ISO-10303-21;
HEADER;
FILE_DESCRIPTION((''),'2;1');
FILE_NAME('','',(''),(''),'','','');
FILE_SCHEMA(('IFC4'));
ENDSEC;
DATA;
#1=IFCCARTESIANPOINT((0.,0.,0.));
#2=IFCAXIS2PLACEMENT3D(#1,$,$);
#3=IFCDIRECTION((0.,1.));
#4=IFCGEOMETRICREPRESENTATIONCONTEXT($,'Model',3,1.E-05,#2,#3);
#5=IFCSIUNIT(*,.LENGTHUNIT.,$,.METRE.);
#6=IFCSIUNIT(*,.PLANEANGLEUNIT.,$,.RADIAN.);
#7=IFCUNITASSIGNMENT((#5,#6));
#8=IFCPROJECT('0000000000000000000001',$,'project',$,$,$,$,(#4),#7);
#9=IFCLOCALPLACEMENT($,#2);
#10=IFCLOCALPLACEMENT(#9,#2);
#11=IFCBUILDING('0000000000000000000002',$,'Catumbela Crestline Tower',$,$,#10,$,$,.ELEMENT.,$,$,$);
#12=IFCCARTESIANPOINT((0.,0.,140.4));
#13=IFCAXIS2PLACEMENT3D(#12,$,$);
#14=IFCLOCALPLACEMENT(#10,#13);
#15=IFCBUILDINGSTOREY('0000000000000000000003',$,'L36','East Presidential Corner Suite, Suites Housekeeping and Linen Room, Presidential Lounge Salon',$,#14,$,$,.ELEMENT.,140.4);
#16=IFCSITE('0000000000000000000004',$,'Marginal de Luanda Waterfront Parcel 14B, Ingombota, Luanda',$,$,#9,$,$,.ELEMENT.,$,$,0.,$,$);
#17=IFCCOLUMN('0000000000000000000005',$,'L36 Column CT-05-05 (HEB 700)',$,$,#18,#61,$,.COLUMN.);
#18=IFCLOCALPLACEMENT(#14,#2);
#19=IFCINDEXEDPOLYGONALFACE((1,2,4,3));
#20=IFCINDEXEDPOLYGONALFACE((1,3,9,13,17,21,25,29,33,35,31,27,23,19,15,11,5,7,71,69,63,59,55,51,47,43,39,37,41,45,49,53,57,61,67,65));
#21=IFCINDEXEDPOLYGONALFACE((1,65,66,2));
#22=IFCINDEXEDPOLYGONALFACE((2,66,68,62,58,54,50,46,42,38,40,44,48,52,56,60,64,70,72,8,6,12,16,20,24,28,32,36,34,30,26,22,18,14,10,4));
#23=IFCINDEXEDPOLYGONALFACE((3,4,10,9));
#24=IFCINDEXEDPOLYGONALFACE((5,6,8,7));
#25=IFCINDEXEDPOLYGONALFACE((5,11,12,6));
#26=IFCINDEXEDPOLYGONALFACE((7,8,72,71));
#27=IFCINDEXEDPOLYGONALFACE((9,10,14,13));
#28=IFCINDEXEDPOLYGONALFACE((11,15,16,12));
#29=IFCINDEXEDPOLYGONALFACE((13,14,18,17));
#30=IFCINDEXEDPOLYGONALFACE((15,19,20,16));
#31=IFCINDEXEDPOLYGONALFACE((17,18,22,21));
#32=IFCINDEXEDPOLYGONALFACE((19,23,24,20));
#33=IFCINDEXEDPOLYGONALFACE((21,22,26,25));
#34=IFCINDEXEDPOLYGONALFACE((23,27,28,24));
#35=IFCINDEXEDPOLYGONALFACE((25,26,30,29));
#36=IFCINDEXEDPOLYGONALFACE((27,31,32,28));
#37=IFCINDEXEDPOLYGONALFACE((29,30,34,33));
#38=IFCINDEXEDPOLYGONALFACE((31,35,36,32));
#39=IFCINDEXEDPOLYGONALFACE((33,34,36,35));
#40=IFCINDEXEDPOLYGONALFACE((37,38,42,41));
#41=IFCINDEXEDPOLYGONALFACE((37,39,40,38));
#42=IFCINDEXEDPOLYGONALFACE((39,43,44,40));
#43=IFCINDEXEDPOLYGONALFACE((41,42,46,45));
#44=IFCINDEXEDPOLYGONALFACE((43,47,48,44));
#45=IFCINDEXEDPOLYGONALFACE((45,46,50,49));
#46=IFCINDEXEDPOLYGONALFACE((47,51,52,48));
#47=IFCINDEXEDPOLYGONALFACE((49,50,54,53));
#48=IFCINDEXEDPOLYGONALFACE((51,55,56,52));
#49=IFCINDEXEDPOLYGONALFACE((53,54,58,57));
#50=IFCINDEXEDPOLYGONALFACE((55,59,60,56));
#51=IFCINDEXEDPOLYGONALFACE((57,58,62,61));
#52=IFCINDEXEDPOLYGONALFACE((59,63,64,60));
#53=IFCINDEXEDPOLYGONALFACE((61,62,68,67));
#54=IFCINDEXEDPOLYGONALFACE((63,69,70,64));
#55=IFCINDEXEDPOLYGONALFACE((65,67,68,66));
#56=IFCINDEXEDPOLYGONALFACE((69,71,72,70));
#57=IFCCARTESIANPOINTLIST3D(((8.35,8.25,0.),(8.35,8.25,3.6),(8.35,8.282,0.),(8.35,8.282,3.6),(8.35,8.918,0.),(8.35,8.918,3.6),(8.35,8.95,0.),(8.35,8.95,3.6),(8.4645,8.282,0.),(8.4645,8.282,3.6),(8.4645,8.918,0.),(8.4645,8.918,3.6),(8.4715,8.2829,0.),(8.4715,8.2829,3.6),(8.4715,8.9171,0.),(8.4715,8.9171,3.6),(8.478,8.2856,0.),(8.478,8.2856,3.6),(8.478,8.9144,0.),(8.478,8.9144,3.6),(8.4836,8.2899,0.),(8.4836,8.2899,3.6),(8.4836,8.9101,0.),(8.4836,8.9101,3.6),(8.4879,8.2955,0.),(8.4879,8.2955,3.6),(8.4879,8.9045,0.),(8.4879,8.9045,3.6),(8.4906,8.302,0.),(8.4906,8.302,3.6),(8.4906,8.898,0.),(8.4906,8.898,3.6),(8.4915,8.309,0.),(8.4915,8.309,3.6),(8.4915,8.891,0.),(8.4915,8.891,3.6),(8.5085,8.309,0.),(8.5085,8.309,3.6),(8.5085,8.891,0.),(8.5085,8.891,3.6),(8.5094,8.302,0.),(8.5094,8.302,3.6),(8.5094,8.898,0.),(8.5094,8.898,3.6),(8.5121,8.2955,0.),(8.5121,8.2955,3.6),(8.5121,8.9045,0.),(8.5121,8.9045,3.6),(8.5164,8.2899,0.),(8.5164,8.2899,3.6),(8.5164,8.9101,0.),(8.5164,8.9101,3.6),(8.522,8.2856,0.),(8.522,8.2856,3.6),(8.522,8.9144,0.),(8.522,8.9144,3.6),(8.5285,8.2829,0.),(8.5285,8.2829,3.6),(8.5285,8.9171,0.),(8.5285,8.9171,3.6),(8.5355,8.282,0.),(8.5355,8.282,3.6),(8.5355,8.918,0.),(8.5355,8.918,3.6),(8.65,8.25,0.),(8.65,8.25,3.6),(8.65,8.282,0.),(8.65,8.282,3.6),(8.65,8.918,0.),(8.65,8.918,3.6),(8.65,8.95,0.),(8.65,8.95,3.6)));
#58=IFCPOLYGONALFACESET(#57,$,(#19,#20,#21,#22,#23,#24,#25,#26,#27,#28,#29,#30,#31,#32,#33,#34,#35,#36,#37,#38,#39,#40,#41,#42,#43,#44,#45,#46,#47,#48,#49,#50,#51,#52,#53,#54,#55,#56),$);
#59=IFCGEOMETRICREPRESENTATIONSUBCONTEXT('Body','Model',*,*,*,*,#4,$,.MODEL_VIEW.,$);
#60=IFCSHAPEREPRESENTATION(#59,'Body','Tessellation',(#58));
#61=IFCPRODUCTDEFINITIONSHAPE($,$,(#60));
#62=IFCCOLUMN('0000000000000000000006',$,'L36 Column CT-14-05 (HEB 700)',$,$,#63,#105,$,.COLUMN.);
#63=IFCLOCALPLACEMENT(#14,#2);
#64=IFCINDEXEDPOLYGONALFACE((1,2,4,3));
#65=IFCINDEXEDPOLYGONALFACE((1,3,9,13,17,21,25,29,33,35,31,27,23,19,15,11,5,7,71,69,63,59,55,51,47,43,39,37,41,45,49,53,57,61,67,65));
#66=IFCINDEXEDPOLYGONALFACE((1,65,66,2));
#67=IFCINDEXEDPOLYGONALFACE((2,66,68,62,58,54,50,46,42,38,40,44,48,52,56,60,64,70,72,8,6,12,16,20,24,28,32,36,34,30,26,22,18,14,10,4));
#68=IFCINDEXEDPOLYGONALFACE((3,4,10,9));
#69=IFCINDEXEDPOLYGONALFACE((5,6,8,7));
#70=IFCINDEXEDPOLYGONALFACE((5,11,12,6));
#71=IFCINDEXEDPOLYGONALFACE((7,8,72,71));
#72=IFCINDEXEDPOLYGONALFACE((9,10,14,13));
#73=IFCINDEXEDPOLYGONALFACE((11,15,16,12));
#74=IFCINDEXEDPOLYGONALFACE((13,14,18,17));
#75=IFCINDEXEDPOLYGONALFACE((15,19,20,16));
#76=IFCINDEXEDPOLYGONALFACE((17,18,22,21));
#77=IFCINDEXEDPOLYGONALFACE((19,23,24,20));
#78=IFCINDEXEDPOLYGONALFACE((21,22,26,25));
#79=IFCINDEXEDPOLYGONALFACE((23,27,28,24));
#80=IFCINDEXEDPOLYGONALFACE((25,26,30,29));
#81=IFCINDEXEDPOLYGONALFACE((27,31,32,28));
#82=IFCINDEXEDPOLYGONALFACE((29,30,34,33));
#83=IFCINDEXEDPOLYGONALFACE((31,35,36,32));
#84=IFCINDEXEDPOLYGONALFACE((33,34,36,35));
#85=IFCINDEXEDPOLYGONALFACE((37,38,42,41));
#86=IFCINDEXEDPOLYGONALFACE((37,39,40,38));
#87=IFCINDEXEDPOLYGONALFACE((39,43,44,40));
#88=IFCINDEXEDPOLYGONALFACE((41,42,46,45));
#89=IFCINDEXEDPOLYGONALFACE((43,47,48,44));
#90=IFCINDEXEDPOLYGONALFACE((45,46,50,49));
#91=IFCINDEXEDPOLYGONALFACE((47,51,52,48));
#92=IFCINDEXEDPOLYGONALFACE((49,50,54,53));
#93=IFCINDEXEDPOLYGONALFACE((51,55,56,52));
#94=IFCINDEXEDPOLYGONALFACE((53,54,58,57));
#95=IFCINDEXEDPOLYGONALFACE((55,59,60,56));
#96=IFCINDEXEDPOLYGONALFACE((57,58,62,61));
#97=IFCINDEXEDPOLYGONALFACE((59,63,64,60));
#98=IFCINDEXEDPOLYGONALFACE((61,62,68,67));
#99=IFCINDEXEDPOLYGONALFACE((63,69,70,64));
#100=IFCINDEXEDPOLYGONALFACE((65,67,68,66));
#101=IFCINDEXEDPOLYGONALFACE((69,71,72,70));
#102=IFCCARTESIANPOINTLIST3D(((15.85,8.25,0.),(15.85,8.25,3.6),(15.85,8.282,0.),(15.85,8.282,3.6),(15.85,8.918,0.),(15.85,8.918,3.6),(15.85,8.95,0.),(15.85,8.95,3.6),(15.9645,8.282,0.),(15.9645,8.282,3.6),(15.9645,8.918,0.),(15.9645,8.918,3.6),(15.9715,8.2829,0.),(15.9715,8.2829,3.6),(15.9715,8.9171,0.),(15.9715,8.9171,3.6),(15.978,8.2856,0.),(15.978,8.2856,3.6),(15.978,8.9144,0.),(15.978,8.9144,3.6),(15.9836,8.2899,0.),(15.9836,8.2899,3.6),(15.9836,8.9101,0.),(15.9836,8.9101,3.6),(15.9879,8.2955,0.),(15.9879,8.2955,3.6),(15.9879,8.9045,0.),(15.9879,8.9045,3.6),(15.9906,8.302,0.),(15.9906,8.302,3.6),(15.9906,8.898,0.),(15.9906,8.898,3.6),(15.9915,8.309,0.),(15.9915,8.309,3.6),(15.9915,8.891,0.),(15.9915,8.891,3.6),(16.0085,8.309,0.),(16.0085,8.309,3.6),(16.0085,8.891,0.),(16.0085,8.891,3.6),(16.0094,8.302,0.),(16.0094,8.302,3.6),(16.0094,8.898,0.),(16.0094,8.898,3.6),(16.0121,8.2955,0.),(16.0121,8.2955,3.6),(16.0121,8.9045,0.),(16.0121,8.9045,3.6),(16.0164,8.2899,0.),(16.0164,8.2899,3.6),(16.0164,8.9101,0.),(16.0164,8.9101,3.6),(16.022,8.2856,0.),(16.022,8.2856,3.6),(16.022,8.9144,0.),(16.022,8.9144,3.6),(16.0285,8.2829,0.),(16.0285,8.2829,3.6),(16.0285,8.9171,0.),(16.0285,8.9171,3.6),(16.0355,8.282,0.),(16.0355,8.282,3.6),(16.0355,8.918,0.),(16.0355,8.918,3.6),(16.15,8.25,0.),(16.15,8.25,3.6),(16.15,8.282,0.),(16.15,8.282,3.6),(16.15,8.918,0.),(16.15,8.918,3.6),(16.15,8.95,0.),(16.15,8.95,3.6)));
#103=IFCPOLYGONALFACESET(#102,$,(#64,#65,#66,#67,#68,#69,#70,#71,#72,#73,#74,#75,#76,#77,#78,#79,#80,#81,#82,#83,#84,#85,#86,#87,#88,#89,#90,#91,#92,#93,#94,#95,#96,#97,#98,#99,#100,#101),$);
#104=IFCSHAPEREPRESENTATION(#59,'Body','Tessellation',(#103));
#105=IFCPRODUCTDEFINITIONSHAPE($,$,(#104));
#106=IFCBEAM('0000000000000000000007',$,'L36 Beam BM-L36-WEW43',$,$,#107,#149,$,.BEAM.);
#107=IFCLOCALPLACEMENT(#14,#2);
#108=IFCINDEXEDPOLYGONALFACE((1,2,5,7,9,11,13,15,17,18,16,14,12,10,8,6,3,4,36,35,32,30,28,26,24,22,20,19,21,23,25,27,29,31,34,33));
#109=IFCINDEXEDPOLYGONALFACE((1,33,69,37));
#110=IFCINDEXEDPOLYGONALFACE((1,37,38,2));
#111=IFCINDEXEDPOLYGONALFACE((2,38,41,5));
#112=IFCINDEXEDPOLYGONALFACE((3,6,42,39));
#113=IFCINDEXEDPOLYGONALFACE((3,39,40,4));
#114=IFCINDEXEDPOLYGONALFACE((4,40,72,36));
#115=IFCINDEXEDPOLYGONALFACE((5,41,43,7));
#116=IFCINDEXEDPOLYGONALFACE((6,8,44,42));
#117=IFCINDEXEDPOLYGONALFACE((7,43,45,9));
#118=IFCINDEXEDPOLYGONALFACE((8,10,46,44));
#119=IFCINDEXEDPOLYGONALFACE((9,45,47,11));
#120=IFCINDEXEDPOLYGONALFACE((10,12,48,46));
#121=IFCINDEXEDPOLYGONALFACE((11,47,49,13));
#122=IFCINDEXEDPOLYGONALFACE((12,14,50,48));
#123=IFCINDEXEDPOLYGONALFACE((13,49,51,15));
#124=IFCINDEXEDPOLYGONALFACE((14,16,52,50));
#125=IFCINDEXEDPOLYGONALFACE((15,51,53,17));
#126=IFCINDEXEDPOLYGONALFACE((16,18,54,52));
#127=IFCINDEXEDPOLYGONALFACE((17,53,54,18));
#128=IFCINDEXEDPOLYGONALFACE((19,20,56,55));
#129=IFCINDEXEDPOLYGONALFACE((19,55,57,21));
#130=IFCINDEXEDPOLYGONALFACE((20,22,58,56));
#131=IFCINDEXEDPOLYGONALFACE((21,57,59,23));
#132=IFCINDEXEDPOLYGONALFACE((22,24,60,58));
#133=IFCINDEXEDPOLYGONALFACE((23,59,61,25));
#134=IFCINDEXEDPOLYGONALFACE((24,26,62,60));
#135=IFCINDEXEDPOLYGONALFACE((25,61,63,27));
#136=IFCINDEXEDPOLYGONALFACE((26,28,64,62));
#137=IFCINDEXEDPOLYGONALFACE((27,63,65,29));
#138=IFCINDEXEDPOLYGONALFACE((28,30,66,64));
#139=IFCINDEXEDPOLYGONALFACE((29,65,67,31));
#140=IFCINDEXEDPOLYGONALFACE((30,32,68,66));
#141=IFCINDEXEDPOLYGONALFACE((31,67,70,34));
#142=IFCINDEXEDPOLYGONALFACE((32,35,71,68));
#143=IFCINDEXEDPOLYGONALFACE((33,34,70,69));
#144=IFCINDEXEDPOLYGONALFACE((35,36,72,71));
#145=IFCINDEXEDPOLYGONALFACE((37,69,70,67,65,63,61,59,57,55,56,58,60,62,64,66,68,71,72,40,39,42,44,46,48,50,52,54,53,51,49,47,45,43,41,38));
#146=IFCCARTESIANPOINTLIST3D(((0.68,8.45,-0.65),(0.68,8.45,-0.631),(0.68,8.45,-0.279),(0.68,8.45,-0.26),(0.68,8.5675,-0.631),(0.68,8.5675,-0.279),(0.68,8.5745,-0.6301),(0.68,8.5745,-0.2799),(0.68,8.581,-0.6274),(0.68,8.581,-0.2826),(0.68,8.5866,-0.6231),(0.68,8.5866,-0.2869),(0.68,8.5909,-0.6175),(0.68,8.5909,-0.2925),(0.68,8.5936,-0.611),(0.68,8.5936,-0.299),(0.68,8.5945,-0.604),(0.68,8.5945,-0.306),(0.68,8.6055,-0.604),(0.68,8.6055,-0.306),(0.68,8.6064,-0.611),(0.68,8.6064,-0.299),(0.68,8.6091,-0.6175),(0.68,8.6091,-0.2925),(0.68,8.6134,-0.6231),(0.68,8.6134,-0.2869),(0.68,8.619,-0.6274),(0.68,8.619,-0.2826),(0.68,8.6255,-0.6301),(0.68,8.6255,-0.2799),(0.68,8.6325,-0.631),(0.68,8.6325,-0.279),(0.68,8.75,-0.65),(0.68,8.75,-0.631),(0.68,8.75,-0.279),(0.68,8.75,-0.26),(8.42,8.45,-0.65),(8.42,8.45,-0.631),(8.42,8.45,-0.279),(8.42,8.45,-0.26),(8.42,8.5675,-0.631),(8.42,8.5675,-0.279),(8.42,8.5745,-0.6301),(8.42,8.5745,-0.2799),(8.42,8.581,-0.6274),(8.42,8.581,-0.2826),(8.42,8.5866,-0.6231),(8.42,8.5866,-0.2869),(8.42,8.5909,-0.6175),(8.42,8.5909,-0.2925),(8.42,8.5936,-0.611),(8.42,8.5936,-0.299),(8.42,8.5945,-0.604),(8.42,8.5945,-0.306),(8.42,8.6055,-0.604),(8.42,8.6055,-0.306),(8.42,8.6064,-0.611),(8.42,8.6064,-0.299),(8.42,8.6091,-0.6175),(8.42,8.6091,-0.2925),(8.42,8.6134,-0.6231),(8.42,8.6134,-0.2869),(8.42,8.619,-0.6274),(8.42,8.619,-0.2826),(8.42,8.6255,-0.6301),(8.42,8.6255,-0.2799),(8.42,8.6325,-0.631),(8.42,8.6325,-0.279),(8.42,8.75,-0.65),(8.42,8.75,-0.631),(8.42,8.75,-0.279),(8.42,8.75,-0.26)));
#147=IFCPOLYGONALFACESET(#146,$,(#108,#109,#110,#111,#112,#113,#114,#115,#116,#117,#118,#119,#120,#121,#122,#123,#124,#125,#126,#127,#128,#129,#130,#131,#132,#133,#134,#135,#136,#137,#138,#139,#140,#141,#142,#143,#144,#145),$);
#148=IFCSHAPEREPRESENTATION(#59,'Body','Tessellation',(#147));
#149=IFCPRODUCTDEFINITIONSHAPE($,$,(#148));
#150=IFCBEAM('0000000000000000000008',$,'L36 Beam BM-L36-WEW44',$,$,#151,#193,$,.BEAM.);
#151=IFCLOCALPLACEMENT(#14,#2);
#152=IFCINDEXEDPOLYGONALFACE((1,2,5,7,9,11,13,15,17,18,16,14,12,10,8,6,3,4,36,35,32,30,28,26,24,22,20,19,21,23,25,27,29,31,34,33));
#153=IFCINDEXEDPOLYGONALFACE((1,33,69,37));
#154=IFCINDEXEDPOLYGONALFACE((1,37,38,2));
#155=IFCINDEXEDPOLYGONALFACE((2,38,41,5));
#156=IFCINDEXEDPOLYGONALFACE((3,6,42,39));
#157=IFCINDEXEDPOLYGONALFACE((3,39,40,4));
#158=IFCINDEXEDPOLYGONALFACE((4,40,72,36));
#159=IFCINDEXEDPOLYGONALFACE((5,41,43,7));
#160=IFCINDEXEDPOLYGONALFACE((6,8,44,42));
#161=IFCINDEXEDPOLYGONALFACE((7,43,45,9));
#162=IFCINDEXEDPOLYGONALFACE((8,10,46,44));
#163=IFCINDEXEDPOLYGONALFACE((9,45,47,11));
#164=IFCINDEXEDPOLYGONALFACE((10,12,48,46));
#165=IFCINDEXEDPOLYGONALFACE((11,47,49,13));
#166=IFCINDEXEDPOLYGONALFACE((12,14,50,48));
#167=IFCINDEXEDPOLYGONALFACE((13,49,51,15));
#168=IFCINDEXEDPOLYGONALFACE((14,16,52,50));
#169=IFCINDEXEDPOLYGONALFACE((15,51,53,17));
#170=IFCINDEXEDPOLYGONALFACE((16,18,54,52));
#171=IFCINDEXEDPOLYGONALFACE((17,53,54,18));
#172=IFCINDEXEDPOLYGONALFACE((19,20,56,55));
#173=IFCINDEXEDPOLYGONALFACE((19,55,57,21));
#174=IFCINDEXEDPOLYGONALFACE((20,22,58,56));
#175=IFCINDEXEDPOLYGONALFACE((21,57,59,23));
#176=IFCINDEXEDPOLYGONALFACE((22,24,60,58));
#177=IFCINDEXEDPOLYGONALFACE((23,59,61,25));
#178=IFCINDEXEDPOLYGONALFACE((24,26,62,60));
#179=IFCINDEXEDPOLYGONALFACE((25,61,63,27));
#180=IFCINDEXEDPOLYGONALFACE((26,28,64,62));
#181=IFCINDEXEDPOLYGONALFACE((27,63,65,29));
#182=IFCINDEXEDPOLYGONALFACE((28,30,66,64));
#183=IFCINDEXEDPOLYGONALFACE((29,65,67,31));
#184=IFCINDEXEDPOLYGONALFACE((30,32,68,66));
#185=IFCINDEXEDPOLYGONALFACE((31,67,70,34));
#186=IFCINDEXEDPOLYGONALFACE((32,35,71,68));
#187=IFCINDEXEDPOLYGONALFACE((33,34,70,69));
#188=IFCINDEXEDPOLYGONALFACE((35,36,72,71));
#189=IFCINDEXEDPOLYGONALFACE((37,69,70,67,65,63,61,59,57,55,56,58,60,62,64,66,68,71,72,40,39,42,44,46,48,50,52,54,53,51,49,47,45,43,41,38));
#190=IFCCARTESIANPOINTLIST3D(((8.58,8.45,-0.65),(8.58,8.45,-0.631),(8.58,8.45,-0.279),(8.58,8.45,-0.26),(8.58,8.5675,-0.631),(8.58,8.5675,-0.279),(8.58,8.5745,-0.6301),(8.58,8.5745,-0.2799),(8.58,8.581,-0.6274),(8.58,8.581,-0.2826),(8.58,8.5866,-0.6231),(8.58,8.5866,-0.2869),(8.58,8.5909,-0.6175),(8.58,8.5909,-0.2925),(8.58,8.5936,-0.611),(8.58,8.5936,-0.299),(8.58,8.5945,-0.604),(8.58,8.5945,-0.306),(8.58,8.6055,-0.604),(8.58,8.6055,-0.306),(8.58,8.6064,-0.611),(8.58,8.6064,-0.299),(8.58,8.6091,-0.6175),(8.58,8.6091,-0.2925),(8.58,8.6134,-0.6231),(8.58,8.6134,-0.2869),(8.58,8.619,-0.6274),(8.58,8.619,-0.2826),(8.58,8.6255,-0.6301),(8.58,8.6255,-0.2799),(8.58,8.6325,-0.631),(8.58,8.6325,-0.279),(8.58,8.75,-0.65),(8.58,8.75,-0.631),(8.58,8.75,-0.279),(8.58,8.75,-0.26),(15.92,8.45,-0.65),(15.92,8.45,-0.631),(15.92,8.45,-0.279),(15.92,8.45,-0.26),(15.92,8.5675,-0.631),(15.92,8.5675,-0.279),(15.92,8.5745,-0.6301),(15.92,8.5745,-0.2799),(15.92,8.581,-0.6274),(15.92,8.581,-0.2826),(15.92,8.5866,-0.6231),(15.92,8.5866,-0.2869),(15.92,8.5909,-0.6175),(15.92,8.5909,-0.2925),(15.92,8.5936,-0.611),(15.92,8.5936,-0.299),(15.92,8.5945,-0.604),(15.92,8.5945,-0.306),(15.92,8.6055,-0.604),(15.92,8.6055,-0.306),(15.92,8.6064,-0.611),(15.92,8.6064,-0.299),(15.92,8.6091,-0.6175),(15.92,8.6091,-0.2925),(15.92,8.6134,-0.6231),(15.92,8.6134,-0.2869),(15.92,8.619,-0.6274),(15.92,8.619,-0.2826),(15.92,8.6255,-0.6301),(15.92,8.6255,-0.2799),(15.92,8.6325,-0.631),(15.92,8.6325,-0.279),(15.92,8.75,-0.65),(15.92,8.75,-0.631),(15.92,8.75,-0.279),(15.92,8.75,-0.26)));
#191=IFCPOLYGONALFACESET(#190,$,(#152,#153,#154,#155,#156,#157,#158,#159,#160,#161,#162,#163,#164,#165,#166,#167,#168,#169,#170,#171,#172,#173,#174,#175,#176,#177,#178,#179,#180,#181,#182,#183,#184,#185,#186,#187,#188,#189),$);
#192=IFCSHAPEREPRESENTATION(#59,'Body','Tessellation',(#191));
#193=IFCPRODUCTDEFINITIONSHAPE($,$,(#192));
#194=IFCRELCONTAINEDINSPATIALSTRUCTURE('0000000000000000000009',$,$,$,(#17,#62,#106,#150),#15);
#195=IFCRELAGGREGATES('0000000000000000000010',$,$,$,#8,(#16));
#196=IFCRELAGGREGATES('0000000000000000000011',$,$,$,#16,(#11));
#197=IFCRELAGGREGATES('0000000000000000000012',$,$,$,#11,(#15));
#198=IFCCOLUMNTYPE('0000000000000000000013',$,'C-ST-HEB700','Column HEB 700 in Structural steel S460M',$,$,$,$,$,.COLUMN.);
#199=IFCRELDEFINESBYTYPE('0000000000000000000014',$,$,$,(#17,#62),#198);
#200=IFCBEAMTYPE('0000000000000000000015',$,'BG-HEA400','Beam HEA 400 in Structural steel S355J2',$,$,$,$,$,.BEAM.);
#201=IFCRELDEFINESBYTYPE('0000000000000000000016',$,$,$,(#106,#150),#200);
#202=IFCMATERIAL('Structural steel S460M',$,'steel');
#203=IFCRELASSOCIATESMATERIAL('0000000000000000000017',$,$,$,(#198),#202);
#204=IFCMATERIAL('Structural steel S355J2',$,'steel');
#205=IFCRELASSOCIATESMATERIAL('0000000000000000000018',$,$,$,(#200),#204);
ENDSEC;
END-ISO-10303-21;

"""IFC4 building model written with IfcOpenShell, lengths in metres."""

from ifc_helpers import new_model, si_unit, direction, frame, origin, origin_2d, place, context, subcontext, project, spatial, i_section, extrude, material, material_profile, profile_set, type_object, element, save


model = new_model("IFC4")

# Units and contexts
model_context = context("Model", 3, precision=1e-05, world=origin(), true_north=direction((0.0, 1.0)))
body_context = subcontext(model_context, "Body", "Model", "MODEL_VIEW")
ifc_project = project(units=[si_unit("LENGTHUNIT", "METRE"), si_unit("PLANEANGLEUNIT", "RADIAN")], contexts=[model_context])

# Site, building, storey
site_placement = place(None, origin())
site = spatial("IfcSite", under=ifc_project, at=site_placement, Name="Marginal de Luanda Waterfront Parcel 14B, Ingombota, Luanda", CompositionType="ELEMENT", RefElevation=0.0)
building_placement = place(site_placement, origin())
building = spatial("IfcBuilding", under=site, at=building_placement, Name="Catumbela Crestline Tower", CompositionType="ELEMENT")
storey_placement = place(building_placement, frame((0.0, 0.0, 140.4)))
storey = spatial("IfcBuildingStorey", under=building, at=storey_placement, Name="L36", Description="East Presidential Corner Suite, Suites Housekeeping and Linen Room, Presidential Lounge Salon", CompositionType="ELEMENT", Elevation=140.4)

# Columns
ifc_material_1 = material(Name="Structural steel S460M", Category="steel")
ifc_material_profile_1 = material_profile(ifc_material_1, i_section(OverallWidth=0.3, OverallDepth=0.7, WebThickness=0.017, FlangeThickness=0.032, FilletRadius=0.027, at=origin_2d()), Name="HEB 700")
ifc_profile_set_1 = profile_set([ifc_material_profile_1], Name="Structural steel S460M")
column_type = type_object("IfcColumnType", Name="C-ST-HEB700", Description="Column HEB 700 in Structural steel S460M", PredefinedType="COLUMN", material=ifc_profile_set_1)
for number, where, z_axis, x_axis, name in (
    (1, (8.5, 8.6, 0.0), (0.0, 0.0, 1.0), (1.0, 0.0, 0.0), "L36 Column CT-05-05 (HEB 700)"),
    (2, (16.0, 8.6, 0.0), (0.0, 0.0, 1.0), (1.0, 0.0, 0.0), "L36 Column CT-14-05 (HEB 700)"),
):
    element("IfcColumn", number, at=place(storey_placement, frame(where, z_axis=z_axis, x_axis=x_axis)), inside=storey, type_object=column_type, Name=name, PredefinedType="COLUMN", context=body_context, shape_type="SweptSolid", body=[
        extrude(i_section(OverallWidth=0.3, OverallDepth=0.7, WebThickness=0.017, FlangeThickness=0.032, FilletRadius=0.027, at=origin_2d()), origin(), (0.0, 0.0, 1.0), 3.6),
    ])

# Beams
ifc_material_2 = material(Name="Structural steel S355J2", Category="steel")
ifc_material_profile_2 = material_profile(ifc_material_2, i_section(OverallWidth=0.3, OverallDepth=0.39, WebThickness=0.011, FlangeThickness=0.019, FilletRadius=0.027, at=origin_2d()), Name="HEA 400")
ifc_profile_set_2 = profile_set([ifc_material_profile_2], Name="Structural steel S355J2")
beam_type = type_object("IfcBeamType", Name="BG-HEA400", Description="Beam HEA 400 in Structural steel S355J2", PredefinedType="BEAM", material=ifc_profile_set_2)
beam_1_placement = place(storey_placement, frame((0.68, 8.6, -0.455), z_axis=(1.0, 0.0, 0.0), x_axis=(0.0, 1.0, 0.0)))
element("IfcBeam", 3, at=beam_1_placement, inside=storey, type_object=beam_type, Name="L36 Beam BM-L36-WEW43", PredefinedType="BEAM", context=body_context, shape_type="SweptSolid", body=[
    extrude(i_section(OverallWidth=0.3, OverallDepth=0.39, WebThickness=0.011, FlangeThickness=0.019, FilletRadius=0.027, at=origin_2d()), origin(), (0.0, 0.0, 1.0), 7.74),
])
beam_2_placement = place(storey_placement, frame((8.58, 8.6, -0.455), z_axis=(1.0, 0.0, 0.0), x_axis=(0.0, 1.0, 0.0)))
element("IfcBeam", 4, at=beam_2_placement, inside=storey, type_object=beam_type, Name="L36 Beam BM-L36-WEW44", PredefinedType="BEAM", context=body_context, shape_type="SweptSolid", body=[
    extrude(i_section(OverallWidth=0.3, OverallDepth=0.39, WebThickness=0.011, FlangeThickness=0.019, FilletRadius=0.027, at=origin_2d()), origin(), (0.0, 0.0, 1.0), 7.34),
])

save(model, "model.ifc")
